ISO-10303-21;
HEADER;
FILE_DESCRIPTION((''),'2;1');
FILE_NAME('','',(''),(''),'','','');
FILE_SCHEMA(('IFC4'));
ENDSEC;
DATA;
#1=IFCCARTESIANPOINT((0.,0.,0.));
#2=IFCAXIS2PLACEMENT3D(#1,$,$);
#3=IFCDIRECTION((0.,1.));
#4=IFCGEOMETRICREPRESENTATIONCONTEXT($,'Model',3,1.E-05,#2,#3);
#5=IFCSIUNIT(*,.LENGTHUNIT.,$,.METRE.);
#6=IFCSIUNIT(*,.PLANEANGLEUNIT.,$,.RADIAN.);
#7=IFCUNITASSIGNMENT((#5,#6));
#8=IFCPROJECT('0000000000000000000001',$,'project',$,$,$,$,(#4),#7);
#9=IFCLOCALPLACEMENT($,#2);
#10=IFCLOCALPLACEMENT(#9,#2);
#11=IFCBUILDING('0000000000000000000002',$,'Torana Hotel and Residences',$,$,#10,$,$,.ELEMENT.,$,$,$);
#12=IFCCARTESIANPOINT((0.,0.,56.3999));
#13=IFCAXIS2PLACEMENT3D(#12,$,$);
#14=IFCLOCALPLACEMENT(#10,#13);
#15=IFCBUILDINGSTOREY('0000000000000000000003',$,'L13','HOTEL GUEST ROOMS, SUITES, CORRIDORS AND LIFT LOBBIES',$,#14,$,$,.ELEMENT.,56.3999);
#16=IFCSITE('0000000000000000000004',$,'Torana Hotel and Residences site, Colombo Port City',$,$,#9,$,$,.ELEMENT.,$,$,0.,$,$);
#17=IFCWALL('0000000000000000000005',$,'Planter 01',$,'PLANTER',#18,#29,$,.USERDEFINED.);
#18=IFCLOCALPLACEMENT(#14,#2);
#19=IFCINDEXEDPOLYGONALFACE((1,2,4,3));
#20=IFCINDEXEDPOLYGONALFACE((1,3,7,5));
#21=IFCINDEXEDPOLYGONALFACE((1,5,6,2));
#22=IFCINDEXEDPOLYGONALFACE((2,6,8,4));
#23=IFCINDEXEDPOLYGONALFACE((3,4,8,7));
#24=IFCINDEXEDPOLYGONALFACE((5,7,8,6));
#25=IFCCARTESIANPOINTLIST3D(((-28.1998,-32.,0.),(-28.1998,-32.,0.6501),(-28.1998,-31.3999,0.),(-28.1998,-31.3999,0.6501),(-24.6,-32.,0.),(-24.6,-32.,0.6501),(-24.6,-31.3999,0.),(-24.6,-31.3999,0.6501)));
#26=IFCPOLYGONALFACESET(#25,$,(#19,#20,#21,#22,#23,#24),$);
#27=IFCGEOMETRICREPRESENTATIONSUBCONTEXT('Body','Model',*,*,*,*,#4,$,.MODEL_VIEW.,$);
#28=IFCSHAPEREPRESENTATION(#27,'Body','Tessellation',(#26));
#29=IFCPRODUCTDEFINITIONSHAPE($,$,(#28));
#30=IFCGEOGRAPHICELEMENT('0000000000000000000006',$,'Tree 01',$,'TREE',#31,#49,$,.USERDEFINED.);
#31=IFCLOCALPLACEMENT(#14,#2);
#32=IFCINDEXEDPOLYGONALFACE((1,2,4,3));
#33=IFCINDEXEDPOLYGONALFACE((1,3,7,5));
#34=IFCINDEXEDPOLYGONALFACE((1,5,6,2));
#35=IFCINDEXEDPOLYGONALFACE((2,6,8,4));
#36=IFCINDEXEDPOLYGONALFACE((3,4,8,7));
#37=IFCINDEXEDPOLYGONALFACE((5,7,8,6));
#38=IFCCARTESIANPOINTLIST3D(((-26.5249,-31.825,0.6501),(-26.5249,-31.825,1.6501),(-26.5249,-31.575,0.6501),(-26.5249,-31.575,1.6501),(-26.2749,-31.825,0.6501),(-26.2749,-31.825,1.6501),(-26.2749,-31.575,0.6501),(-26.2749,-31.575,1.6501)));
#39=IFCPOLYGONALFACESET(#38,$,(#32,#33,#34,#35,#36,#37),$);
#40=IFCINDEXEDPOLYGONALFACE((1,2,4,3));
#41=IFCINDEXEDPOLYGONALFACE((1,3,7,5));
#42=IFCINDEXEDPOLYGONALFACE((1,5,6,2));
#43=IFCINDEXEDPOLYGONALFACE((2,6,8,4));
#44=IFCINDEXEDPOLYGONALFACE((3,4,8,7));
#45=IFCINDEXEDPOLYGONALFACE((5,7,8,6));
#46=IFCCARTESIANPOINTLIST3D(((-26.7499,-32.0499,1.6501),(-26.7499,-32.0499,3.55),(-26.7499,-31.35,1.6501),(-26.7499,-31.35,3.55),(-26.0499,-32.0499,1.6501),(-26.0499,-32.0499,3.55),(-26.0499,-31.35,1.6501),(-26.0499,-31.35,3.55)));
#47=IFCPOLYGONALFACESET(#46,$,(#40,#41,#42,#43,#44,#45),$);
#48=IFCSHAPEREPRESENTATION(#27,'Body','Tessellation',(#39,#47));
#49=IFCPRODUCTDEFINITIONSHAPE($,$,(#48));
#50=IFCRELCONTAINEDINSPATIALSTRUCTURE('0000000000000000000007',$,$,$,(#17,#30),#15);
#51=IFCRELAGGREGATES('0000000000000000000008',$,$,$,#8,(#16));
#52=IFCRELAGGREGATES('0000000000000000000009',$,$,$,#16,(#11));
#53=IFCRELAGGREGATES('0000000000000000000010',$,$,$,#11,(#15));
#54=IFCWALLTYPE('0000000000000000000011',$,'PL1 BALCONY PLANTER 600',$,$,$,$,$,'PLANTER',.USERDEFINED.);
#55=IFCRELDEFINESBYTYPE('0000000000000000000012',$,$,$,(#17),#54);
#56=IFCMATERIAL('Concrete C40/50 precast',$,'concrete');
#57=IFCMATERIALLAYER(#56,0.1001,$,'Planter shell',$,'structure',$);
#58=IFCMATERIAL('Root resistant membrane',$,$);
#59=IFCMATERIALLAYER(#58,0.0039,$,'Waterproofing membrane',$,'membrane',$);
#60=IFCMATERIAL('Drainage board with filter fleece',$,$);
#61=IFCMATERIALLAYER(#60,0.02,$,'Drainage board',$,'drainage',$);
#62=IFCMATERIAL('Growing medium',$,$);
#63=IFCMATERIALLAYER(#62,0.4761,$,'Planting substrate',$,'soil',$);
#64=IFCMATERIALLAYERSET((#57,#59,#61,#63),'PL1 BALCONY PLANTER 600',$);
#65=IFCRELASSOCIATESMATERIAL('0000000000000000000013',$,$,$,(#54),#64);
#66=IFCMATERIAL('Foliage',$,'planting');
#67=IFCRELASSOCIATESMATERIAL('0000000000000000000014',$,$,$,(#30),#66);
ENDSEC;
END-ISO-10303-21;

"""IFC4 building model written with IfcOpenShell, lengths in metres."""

from ifc_helpers import new_model, si_unit, direction, frame, frame_2d, origin, origin_2d, place, context, subcontext, project, spatial, rectangle, extrude, material, layer, layer_set, type_object, element, save


model = new_model("IFC4")

# Units and contexts
model_context = context("Model", 3, precision=1e-05, world=origin(), true_north=direction((0.0, 1.0)))
body_context = subcontext(model_context, "Body", "Model", "MODEL_VIEW")
ifc_project = project(units=[si_unit("LENGTHUNIT", "METRE"), si_unit("PLANEANGLEUNIT", "RADIAN")], contexts=[model_context])

# Site, building, storey
site_placement = place(None, origin())
site = spatial("IfcSite", under=ifc_project, at=site_placement, Name="Torana Hotel and Residences site, Colombo Port City", CompositionType="ELEMENT", RefElevation=0.0)
building_placement = place(site_placement, origin())
building = spatial("IfcBuilding", under=site, at=building_placement, Name="Torana Hotel and Residences", CompositionType="ELEMENT")
storey_placement = place(building_placement, frame((0.0, 0.0, 56.3999)))
storey = spatial("IfcBuildingStorey", under=building, at=storey_placement, Name="L13", Description="HOTEL GUEST ROOMS, SUITES, CORRIDORS AND LIFT LOBBIES", CompositionType="ELEMENT", Elevation=56.3999)

# Wall
ifc_material_1 = material(Name="Concrete C40/50 precast", Category="concrete")
ifc_layer_1 = layer(ifc_material_1, 0.1001, Name="Planter shell", Category="structure")
ifc_material_2 = material(Name="Root resistant membrane")
ifc_layer_2 = layer(ifc_material_2, 0.0039, Name="Waterproofing membrane", Category="membrane")
ifc_material_3 = material(Name="Drainage board with filter fleece")
ifc_layer_3 = layer(ifc_material_3, 0.02, Name="Drainage board", Category="drainage")
ifc_material_4 = material(Name="Growing medium")
ifc_layer_4 = layer(ifc_material_4, 0.4761, Name="Planting substrate", Category="soil")
ifc_layer_set_1 = layer_set([ifc_layer_1, ifc_layer_2, ifc_layer_3, ifc_layer_4], Name="PL1 BALCONY PLANTER 600")
wall_type_1 = type_object("IfcWallType", Name="PL1 BALCONY PLANTER 600", ElementType="PLANTER", PredefinedType="USERDEFINED", material=ifc_layer_set_1)
wall_1_placement = place(storey_placement, frame((-24.6001, -31.7, 0.0), z_axis=(0.0, 0.0, 1.0), x_axis=(-1.0, 0.0, 0.0)))
element("IfcWall", 1, at=wall_1_placement, inside=storey, type_object=wall_type_1, Name="Planter 01", ObjectType="PLANTER", PredefinedType="USERDEFINED", context=body_context, shape_type="SweptSolid", body=[
    extrude(rectangle(XDim=3.5999, YDim=0.6001, at=frame_2d((1.7998, 0.0))), origin(), (0.0, 0.0, 1.0), 0.6501),
])

# Geographic element
ifc_material_5 = material(Name="Foliage", Category="planting")
geographic_element_placement = place(storey_placement, frame((-26.3999, -31.7, 0.6501), z_axis=(0.0, 0.0, 1.0), x_axis=(1.0, 0.0, 0.0)))
element("IfcGeographicElement", 2, at=geographic_element_placement, inside=storey, material=ifc_material_5, Name="Tree 01", ObjectType="TREE", PredefinedType="USERDEFINED", context=body_context, shape_type="SweptSolid", body=[
    extrude(rectangle(XDim=0.25, YDim=0.25, at=origin_2d()), origin(), (0.0, 0.0, 1.0), 1.0),
    extrude(rectangle(XDim=0.7, YDim=0.7, at=origin_2d()), frame((0.0, 0.0, 1.0)), (0.0, 0.0, 1.0), 1.8999),
])

save(model, "model.ifc")
